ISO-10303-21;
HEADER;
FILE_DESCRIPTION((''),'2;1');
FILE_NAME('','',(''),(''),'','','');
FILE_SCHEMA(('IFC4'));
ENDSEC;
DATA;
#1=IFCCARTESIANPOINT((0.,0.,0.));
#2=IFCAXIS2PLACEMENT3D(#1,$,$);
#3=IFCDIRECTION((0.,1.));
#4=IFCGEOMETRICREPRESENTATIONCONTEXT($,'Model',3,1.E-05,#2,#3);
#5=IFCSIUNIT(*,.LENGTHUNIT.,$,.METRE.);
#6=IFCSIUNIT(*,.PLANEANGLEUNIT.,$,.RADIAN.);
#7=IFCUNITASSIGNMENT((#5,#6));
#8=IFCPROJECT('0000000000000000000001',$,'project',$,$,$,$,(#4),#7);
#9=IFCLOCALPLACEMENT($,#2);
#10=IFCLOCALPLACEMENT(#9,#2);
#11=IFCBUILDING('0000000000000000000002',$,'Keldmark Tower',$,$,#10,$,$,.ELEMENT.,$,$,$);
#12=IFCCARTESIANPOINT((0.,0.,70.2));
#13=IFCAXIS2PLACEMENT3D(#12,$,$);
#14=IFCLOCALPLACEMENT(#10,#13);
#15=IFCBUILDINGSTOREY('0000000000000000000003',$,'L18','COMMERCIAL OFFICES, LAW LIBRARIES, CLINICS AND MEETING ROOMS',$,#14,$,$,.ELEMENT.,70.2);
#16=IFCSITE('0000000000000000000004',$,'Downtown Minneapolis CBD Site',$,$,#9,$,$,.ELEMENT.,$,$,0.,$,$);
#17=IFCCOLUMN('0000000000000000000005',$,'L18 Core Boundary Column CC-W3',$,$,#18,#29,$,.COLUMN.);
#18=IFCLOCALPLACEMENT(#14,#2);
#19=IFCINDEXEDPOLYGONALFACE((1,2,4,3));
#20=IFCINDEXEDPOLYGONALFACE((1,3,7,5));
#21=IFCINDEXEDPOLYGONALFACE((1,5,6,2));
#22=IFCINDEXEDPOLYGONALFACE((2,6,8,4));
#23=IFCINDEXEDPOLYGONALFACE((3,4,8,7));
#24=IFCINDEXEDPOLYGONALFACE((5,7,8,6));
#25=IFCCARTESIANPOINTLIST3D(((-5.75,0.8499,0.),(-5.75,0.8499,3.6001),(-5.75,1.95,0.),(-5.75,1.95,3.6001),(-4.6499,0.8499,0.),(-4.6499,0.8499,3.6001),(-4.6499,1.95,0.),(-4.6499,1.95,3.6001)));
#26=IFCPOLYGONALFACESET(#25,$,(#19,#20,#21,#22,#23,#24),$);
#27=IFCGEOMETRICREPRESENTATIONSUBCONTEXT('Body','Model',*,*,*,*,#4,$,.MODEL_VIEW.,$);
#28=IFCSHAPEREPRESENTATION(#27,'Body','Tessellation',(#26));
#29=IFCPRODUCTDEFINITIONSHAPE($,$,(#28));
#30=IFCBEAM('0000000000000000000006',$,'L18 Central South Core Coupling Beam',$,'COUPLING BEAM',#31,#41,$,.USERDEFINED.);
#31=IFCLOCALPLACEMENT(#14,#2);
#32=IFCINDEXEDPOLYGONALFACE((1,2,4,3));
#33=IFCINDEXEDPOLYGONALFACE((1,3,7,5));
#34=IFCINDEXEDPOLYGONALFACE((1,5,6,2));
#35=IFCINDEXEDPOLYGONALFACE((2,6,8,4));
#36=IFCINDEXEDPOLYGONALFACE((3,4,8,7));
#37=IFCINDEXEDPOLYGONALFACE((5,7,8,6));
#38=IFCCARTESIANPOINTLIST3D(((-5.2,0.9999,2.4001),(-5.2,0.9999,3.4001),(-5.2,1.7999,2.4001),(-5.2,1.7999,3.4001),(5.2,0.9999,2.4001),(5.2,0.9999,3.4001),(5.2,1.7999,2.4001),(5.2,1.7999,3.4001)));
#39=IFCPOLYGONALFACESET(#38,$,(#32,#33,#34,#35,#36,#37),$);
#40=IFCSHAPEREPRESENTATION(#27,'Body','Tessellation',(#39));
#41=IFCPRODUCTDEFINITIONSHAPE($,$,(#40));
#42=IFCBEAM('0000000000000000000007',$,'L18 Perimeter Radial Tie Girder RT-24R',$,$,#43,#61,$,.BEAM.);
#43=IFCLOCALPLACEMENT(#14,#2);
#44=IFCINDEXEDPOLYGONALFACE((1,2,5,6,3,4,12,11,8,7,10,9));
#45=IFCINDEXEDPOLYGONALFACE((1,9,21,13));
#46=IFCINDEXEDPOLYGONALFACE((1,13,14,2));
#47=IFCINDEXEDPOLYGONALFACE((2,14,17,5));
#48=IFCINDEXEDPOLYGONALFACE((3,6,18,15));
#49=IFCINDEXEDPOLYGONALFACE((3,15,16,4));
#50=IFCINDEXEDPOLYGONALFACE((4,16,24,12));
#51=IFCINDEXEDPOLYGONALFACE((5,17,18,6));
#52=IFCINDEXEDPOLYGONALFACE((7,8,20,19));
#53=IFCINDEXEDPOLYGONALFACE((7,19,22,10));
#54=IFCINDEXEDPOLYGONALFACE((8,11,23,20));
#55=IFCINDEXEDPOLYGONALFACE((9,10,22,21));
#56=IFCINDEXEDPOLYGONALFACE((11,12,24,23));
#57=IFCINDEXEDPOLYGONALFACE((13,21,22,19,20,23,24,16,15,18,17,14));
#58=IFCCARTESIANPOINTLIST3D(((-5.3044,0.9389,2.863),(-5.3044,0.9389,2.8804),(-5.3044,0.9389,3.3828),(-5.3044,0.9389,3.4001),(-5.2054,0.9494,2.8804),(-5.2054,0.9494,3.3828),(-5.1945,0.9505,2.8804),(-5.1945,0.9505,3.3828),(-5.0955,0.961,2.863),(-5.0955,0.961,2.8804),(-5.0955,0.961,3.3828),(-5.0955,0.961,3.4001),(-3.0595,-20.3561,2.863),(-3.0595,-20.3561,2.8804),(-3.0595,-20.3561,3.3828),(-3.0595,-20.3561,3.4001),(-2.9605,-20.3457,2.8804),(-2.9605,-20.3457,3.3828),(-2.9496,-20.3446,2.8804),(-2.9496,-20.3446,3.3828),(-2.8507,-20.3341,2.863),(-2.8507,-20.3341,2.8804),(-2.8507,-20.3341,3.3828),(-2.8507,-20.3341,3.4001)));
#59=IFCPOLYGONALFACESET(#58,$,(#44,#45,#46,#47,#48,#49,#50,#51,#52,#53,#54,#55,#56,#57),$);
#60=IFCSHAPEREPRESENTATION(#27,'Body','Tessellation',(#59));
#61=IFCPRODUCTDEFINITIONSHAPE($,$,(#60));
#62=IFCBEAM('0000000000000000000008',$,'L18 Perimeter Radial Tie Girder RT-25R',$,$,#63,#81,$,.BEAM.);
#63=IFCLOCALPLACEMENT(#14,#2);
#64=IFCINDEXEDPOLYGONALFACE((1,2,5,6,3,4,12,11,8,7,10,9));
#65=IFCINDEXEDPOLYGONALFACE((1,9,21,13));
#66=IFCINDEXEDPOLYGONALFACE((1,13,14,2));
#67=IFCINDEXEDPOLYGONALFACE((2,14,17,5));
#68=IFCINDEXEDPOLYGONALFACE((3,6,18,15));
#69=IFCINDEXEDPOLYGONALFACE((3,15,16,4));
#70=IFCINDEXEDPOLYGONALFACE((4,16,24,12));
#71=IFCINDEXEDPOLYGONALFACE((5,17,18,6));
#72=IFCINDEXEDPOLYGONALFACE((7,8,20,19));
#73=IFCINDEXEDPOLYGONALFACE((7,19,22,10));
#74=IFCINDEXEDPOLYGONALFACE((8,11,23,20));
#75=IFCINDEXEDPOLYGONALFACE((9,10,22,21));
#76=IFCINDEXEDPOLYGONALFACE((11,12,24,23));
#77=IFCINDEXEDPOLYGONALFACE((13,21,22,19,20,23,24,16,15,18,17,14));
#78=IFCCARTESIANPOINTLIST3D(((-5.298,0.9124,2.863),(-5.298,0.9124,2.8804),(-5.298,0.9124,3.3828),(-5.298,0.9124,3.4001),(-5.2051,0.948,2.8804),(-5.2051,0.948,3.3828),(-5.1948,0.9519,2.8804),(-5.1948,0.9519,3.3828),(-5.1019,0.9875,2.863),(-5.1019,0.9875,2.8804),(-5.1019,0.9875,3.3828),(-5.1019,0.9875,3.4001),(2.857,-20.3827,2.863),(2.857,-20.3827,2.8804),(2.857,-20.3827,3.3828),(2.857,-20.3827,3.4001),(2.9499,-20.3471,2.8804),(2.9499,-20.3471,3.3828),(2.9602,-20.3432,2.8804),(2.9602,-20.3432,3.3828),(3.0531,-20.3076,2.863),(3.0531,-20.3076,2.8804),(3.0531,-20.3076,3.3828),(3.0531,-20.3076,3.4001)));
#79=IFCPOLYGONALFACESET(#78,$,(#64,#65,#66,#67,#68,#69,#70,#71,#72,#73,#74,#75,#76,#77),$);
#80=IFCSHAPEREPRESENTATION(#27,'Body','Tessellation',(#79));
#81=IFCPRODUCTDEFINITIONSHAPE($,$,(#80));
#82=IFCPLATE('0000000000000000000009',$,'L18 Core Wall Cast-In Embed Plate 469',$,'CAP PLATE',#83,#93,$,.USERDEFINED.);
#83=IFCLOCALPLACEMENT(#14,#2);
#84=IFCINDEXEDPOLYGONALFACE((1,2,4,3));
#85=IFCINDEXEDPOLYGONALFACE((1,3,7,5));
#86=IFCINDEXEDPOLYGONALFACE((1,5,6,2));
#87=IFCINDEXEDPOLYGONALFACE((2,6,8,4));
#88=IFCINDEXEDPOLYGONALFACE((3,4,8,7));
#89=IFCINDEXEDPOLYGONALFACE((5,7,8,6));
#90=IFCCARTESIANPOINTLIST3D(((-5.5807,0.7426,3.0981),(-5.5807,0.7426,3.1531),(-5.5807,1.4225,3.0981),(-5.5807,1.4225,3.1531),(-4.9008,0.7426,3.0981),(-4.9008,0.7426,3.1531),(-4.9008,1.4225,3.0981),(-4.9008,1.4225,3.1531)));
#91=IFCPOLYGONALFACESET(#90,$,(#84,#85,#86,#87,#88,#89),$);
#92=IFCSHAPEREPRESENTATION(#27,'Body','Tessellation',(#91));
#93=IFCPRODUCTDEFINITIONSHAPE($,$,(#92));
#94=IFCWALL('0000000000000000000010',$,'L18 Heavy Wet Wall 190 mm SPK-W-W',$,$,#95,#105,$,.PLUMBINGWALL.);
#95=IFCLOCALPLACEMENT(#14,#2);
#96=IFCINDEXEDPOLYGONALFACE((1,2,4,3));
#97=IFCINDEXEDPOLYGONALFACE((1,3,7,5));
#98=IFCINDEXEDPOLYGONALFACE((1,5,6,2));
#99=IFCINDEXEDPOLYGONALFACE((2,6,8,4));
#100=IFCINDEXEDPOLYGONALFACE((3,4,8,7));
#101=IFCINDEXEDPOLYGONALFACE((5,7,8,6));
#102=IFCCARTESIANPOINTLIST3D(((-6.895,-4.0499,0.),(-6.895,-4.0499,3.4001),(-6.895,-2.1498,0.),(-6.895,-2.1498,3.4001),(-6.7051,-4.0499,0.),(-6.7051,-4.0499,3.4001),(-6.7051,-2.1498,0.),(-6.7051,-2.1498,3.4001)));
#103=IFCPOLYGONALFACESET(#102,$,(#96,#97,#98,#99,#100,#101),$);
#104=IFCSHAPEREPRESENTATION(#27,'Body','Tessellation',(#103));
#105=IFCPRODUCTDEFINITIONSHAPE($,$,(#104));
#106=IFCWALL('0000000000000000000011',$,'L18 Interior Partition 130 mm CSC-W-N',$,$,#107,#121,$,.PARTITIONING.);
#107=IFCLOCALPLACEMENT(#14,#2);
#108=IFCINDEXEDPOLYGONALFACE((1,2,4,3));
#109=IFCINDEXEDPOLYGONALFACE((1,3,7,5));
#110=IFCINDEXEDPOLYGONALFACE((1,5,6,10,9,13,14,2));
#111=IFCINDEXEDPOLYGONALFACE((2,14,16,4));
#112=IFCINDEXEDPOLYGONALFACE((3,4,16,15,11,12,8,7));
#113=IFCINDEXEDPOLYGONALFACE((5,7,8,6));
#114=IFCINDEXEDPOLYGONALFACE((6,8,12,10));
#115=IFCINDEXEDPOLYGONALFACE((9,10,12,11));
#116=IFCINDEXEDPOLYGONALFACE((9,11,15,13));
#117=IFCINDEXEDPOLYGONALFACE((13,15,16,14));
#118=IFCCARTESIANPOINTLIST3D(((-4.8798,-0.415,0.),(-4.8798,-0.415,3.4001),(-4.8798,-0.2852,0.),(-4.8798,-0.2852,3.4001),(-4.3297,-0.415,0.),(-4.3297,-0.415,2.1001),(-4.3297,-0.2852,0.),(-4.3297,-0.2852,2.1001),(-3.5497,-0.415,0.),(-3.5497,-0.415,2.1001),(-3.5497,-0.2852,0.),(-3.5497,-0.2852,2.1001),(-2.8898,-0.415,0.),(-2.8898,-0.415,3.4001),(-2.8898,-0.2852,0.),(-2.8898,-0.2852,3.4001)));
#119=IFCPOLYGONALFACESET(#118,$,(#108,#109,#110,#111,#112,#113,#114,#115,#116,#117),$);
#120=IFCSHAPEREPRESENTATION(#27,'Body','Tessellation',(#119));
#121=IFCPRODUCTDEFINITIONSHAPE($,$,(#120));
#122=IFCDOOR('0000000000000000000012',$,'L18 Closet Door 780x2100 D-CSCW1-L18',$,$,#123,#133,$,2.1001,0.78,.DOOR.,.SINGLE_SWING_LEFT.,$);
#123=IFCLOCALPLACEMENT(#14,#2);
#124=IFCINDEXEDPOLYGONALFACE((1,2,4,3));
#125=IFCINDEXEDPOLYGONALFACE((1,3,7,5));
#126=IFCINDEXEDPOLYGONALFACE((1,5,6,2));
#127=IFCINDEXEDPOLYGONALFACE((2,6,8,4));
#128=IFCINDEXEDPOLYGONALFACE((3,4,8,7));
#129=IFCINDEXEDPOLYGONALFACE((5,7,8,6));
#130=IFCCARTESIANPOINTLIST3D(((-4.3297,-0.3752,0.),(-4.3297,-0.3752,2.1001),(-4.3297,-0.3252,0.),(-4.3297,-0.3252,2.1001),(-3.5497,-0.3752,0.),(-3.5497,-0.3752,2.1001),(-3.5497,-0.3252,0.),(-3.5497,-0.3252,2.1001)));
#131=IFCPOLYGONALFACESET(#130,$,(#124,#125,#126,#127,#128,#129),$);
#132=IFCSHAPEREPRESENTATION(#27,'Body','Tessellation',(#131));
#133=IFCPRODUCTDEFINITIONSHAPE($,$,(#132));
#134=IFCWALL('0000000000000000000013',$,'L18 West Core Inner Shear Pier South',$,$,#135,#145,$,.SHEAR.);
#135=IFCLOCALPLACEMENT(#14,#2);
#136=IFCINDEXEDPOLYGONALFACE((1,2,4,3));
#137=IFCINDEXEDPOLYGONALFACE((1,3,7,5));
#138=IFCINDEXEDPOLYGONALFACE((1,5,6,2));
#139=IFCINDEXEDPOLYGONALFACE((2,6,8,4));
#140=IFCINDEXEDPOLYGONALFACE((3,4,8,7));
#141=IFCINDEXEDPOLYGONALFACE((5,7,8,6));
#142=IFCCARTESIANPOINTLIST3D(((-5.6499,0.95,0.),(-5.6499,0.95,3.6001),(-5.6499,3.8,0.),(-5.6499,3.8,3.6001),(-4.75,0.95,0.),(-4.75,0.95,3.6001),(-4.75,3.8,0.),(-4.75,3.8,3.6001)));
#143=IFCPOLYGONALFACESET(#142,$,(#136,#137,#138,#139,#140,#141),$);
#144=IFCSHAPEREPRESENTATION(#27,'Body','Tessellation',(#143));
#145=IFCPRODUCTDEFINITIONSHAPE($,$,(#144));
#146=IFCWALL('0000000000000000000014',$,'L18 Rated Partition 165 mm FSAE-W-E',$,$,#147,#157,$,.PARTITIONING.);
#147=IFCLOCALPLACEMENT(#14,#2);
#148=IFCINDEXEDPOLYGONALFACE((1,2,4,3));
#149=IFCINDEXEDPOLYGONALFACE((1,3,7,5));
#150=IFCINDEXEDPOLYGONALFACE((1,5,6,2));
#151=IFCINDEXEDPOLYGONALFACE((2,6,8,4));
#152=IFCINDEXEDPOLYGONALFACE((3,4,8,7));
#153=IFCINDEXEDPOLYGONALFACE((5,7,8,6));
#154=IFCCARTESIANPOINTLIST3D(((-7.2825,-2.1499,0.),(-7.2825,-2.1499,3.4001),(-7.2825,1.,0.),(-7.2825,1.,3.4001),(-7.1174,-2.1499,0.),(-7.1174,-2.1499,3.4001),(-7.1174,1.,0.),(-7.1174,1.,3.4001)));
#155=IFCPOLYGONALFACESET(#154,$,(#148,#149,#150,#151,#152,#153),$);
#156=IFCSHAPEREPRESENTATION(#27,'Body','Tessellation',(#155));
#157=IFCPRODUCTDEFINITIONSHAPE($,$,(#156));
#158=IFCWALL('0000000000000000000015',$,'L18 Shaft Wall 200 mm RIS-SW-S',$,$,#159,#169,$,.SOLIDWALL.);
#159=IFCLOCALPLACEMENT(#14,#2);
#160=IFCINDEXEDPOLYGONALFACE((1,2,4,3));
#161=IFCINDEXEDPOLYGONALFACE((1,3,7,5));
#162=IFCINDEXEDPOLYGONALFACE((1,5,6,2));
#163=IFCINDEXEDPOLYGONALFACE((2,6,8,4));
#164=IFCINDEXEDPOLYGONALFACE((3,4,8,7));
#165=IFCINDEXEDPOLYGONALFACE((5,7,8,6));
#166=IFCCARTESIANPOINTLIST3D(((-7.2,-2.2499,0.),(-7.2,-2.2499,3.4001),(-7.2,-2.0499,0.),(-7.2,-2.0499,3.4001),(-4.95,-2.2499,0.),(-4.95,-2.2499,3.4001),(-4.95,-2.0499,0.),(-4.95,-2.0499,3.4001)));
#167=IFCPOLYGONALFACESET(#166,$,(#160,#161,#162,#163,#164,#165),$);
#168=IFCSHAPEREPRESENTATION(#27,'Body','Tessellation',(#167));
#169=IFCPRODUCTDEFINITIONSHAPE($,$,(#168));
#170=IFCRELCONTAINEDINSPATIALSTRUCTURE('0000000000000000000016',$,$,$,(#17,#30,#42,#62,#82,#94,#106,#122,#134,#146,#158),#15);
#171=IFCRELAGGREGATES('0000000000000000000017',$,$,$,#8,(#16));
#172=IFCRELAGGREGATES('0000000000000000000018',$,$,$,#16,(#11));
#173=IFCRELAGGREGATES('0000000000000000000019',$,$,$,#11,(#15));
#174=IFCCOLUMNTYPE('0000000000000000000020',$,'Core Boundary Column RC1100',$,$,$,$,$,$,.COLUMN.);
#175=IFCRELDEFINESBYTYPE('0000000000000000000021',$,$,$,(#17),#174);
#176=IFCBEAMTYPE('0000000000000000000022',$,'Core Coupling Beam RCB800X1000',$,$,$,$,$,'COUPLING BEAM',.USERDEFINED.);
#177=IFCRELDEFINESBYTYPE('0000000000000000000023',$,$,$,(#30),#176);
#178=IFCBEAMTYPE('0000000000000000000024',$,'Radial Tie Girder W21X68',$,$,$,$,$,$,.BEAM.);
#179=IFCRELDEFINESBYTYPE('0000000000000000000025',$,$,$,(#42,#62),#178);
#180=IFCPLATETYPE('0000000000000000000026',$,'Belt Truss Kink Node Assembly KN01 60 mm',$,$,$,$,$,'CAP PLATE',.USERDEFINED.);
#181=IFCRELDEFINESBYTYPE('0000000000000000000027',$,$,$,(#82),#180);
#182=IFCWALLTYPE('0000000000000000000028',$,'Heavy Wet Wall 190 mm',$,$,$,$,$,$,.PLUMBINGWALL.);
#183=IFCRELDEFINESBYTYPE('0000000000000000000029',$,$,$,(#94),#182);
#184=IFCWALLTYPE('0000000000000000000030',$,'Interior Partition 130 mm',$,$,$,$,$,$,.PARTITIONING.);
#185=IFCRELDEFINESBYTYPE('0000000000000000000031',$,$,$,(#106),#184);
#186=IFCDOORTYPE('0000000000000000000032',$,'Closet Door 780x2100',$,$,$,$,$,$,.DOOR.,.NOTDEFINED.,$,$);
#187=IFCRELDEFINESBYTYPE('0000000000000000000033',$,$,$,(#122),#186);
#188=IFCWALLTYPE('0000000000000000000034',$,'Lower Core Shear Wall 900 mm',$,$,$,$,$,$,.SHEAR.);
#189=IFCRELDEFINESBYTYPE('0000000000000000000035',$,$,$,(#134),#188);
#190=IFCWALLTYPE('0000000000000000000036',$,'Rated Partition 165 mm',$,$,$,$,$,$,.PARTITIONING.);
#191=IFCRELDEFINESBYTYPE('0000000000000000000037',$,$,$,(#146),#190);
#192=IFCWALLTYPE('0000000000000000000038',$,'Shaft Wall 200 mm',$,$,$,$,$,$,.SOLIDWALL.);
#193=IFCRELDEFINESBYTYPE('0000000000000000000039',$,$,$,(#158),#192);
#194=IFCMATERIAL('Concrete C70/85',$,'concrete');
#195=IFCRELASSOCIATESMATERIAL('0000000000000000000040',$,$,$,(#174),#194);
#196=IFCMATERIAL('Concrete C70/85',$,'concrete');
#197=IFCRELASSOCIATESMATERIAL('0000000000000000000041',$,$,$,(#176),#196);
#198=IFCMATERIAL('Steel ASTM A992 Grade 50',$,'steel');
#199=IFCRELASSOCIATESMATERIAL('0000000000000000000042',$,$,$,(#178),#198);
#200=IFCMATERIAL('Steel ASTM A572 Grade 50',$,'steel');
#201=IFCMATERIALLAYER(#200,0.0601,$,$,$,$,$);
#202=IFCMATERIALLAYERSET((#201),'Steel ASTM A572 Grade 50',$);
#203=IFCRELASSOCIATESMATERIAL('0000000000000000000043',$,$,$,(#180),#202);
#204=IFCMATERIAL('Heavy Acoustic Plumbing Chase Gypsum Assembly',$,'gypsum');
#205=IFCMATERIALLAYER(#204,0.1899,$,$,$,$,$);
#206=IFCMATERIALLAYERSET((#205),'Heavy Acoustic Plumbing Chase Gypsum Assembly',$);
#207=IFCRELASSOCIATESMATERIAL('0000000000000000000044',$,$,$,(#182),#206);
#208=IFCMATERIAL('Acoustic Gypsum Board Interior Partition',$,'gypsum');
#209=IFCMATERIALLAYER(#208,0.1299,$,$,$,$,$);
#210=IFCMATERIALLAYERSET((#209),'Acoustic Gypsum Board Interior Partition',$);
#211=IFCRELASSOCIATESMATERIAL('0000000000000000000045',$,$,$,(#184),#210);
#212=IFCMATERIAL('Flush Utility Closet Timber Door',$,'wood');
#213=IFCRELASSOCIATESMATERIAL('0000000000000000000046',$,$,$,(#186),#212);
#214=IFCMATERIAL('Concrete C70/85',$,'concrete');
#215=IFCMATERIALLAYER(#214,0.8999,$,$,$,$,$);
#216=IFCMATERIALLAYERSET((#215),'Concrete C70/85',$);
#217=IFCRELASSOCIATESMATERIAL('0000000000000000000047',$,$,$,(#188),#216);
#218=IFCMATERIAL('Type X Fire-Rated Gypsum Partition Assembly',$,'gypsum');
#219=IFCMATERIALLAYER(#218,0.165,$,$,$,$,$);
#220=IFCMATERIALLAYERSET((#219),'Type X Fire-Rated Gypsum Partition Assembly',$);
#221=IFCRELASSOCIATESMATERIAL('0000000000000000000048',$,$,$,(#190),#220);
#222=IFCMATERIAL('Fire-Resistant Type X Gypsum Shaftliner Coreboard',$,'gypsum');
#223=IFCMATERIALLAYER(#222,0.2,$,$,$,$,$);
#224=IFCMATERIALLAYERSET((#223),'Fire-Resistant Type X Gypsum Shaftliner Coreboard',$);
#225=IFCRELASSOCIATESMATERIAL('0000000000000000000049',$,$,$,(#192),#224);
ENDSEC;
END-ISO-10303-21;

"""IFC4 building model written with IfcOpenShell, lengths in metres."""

from ifc_helpers import new_model, si_unit, direction, frame, frame_2d, origin, origin_2d, place, context, subcontext, project, spatial, rectangle, i_section, extrude, material, layer, layer_set, material_profile, profile_set, type_object, element, fill, save


model = new_model("IFC4")

# Units and contexts
model_context = context("Model", 3, precision=1e-05, world=origin(), true_north=direction((0.0, 1.0)))
body_context = subcontext(model_context, "Body", "Model", "MODEL_VIEW")
ifc_project = project(units=[si_unit("LENGTHUNIT", "METRE"), si_unit("PLANEANGLEUNIT", "RADIAN")], contexts=[model_context])

# Site, building, storey
site_placement = place(None, origin())
site = spatial("IfcSite", under=ifc_project, at=site_placement, Name="Downtown Minneapolis CBD Site", CompositionType="ELEMENT", RefElevation=0.0)
building_placement = place(site_placement, origin())
building = spatial("IfcBuilding", under=site, at=building_placement, Name="Keldmark Tower", CompositionType="ELEMENT")
storey_placement = place(building_placement, frame((0.0, 0.0, 70.2)))
storey = spatial("IfcBuildingStorey", under=building, at=storey_placement, Name="L18", Description="COMMERCIAL OFFICES, LAW LIBRARIES, CLINICS AND MEETING ROOMS", CompositionType="ELEMENT", Elevation=70.2)

# Column
ifc_material_1 = material(Name="Concrete C70/85", Category="concrete")
ifc_material_profile_1 = material_profile(ifc_material_1, rectangle(XDim=1.1001, YDim=1.1001, at=origin_2d()), Name="RC1100X1100")
ifc_profile_set_1 = profile_set([ifc_material_profile_1], Name="Concrete C70/85")
column_type = type_object("IfcColumnType", Name="Core Boundary Column RC1100", PredefinedType="COLUMN", material=ifc_profile_set_1)
column_placement = place(storey_placement, frame((-5.2, 1.3999, 0.0), z_axis=(0.0, 0.0, 1.0), x_axis=(1.0, 0.0, 0.0)))
element("IfcColumn", 1, at=column_placement, inside=storey, type_object=column_type, Name="L18 Core Boundary Column CC-W3", PredefinedType="COLUMN", context=body_context, shape_type="SweptSolid", body=[
    extrude(rectangle(XDim=1.1001, YDim=1.1001, at=origin_2d()), origin(), (0.0, 0.0, 1.0), 3.6001),
])

# Beams
ifc_material_2 = material(Name="Concrete C70/85", Category="concrete")
ifc_material_profile_2 = material_profile(ifc_material_2, rectangle(XDim=0.8, YDim=1.0, at=origin_2d()), Name="RCB800X1000")
ifc_profile_set_2 = profile_set([ifc_material_profile_2], Name="Concrete C70/85")
beam_type_1 = type_object("IfcBeamType", Name="Core Coupling Beam RCB800X1000", ElementType="COUPLING BEAM", PredefinedType="USERDEFINED", material=ifc_profile_set_2)
beam_1_placement = place(storey_placement, frame((-5.2, 1.3999, 2.9001), z_axis=(1.0, 0.0, 0.0), x_axis=(0.0, 1.0, 0.0)))
element("IfcBeam", 2, at=beam_1_placement, inside=storey, type_object=beam_type_1, Name="L18 Central South Core Coupling Beam", ObjectType="COUPLING BEAM", PredefinedType="USERDEFINED", context=body_context, shape_type="SweptSolid", body=[
    extrude(rectangle(XDim=0.8, YDim=1.0, at=origin_2d()), origin(), (0.0, 0.0, 1.0), 10.3999),
])
ifc_material_3 = material(Name="Steel ASTM A992 Grade 50", Category="steel")
ifc_material_profile_3 = material_profile(ifc_material_3, i_section(OverallWidth=0.21, OverallDepth=0.5371, WebThickness=0.011, FlangeThickness=0.0173, at=origin_2d()), Name="W21X68")
ifc_profile_set_3 = profile_set([ifc_material_profile_3], Name="Steel ASTM A992 Grade 50")
beam_type_2 = type_object("IfcBeamType", Name="Radial Tie Girder W21X68", PredefinedType="BEAM", material=ifc_profile_set_3)
beam_2_placement = place(storey_placement, frame((-5.2, 0.95, 3.1316), z_axis=(0.104836, -0.99449, 0.0), x_axis=(0.99449, 0.104836, 0.0)))
element("IfcBeam", 3, at=beam_2_placement, inside=storey, type_object=beam_type_2, Name="L18 Perimeter Radial Tie Girder RT-24R", PredefinedType="BEAM", context=body_context, shape_type="SweptSolid", body=[
    extrude(i_section(OverallWidth=0.21, OverallDepth=0.5371, WebThickness=0.011, FlangeThickness=0.0173, at=origin_2d()), origin(), (0.0, 0.0, 1.0), 21.4131),
])
beam_3_placement = place(storey_placement, frame((-5.2, 0.95, 3.1316), z_axis=(0.357626, -0.933865, 0.0), x_axis=(0.933865, 0.357626, 0.0)))
element("IfcBeam", 4, at=beam_3_placement, inside=storey, type_object=beam_type_2, Name="L18 Perimeter Radial Tie Girder RT-25R", PredefinedType="BEAM", context=body_context, shape_type="SweptSolid", body=[
    extrude(i_section(OverallWidth=0.21, OverallDepth=0.5371, WebThickness=0.011, FlangeThickness=0.0173, at=origin_2d()), origin(), (0.0, 0.0, 1.0), 22.8032),
])

# Plate
ifc_material_4 = material(Name="Steel ASTM A572 Grade 50", Category="steel")
ifc_layer_1 = layer(ifc_material_4, 0.0601)
ifc_layer_set_1 = layer_set([ifc_layer_1], Name="Steel ASTM A572 Grade 50")
plate_type = type_object("IfcPlateType", Name="Belt Truss Kink Node Assembly KN01 60 mm", ElementType="CAP PLATE", PredefinedType="USERDEFINED", material=ifc_layer_set_1)
plate_placement = place(storey_placement, frame((-5.2407, 1.0825, 3.0981), z_axis=(0.0, 0.0, 1.0), x_axis=(1.0, 0.0, 0.0)))
element("IfcPlate", 5, at=plate_placement, inside=storey, type_object=plate_type, Name="L18 Core Wall Cast-In Embed Plate 469", ObjectType="CAP PLATE", PredefinedType="USERDEFINED", context=body_context, shape_type="SweptSolid", body=[
    extrude(rectangle(XDim=0.6799, YDim=0.6799, at=origin_2d()), origin(), (0.0, 0.0, 1.0), 0.0549),
])

# Shared definitions
ifc_material_5 = material(Name="Heavy Acoustic Plumbing Chase Gypsum Assembly", Category="gypsum")
ifc_layer_2 = layer(ifc_material_5, 0.1899)
ifc_layer_set_2 = layer_set([ifc_layer_2], Name="Heavy Acoustic Plumbing Chase Gypsum Assembly")
wall_type_1 = type_object("IfcWallType", Name="Heavy Wet Wall 190 mm", PredefinedType="PLUMBINGWALL", material=ifc_layer_set_2)

# Wall
wall_1_placement = place(storey_placement, frame((-6.8, -4.05, 0.0), z_axis=(0.0, 0.0, 1.0), x_axis=(0.0, 1.0, 0.0)))
element("IfcWall", 6, at=wall_1_placement, inside=storey, type_object=wall_type_1, Name="L18 Heavy Wet Wall 190 mm SPK-W-W", PredefinedType="PLUMBINGWALL", context=body_context, shape_type="SweptSolid", body=[
    extrude(rectangle(XDim=1.9001, YDim=0.1899, at=frame_2d((0.9502, 0.0))), origin(), (0.0, 0.0, 1.0), 3.4001),
])

# Wall, opening, door
ifc_material_6 = material(Name="Acoustic Gypsum Board Interior Partition", Category="gypsum")
ifc_layer_3 = layer(ifc_material_6, 0.1299)
ifc_layer_set_3 = layer_set([ifc_layer_3], Name="Acoustic Gypsum Board Interior Partition")
wall_type_2 = type_object("IfcWallType", Name="Interior Partition 130 mm", PredefinedType="PARTITIONING", material=ifc_layer_set_3)
wall_2_placement = place(storey_placement, frame((-4.8799, -0.3501, 0.0), z_axis=(0.0, 0.0, 1.0), x_axis=(1.0, 0.0, 0.0)))
wall_2 = element("IfcWall", 7, at=wall_2_placement, inside=storey, type_object=wall_type_2, Name="L18 Interior Partition 130 mm CSC-W-N", PredefinedType="PARTITIONING", context=body_context, shape_type="SweptSolid", body=[
    extrude(rectangle(XDim=1.99, YDim=0.1299, at=frame_2d((0.9951, 0.0))), origin(), (0.0, 0.0, 1.0), 3.4001),
])
opening_1_placement = place(wall_2_placement, frame((0.55, 0.0, 0.0)))
opening_1 = element("IfcOpeningElement", 8, at=opening_1_placement, cuts=wall_2, PredefinedType="OPENING", context=body_context, shape_type="SweptSolid", body=[
    extrude(rectangle(XDim=0.78, YDim=2.1001, at=frame_2d((0.3901, 1.05))), frame((0.0, 0.075, 0.0), z_axis=(0.0, -1.0, 0.0), x_axis=(1.0, 0.0, 0.0)), (0.0, 0.0, 1.0), 0.1499),
])
ifc_material_7 = material(Name="Flush Utility Closet Timber Door", Category="wood")
door_type_1 = type_object("IfcDoorType", Name="Closet Door 780x2100", OperationType="NOTDEFINED", PredefinedType="DOOR", material=ifc_material_7)
door_1_placement = place(opening_1_placement, origin())
door_1 = element("IfcDoor", 9, at=door_1_placement, inside=storey, type_object=door_type_1, Name="L18 Closet Door 780x2100 D-CSCW1-L18", OperationType="SINGLE_SWING_LEFT", OverallHeight=2.1001, OverallWidth=0.78, PredefinedType="DOOR", context=body_context, shape_type="SweptSolid", body=[
    extrude(rectangle(XDim=0.78, YDim=2.1001, at=frame_2d((0.3901, 1.05))), frame((0.0, 0.0249, 0.0), z_axis=(0.0, -1.0, 0.0), x_axis=(1.0, 0.0, 0.0)), (0.0, 0.0, 1.0), 0.05),
])
fill(opening_1, door_1)

# Shared definitions
ifc_material_8 = material(Name="Concrete C70/85", Category="concrete")
ifc_layer_4 = layer(ifc_material_8, 0.8999)
ifc_layer_set_4 = layer_set([ifc_layer_4], Name="Concrete C70/85")
wall_type_3 = type_object("IfcWallType", Name="Lower Core Shear Wall 900 mm", PredefinedType="SHEAR", material=ifc_layer_set_4)

# Walls
wall_3_placement = place(storey_placement, frame((-5.2, 0.95, 0.0), z_axis=(0.0, 0.0, 1.0), x_axis=(0.0, 1.0, 0.0)))
element("IfcWall", 10, at=wall_3_placement, inside=storey, type_object=wall_type_3, Name="L18 West Core Inner Shear Pier South", PredefinedType="SHEAR", context=body_context, shape_type="SweptSolid", body=[
    extrude(rectangle(XDim=2.8501, YDim=0.8999, at=frame_2d((1.425, 0.0))), origin(), (0.0, 0.0, 1.0), 3.6001),
])
ifc_material_9 = material(Name="Type X Fire-Rated Gypsum Partition Assembly", Category="gypsum")
ifc_layer_5 = layer(ifc_material_9, 0.165)
ifc_layer_set_5 = layer_set([ifc_layer_5], Name="Type X Fire-Rated Gypsum Partition Assembly")
wall_type_4 = type_object("IfcWallType", Name="Rated Partition 165 mm", PredefinedType="PARTITIONING", material=ifc_layer_set_5)
wall_4_placement = place(storey_placement, frame((-7.2, -2.1499, 0.0), z_axis=(0.0, 0.0, 1.0), x_axis=(0.0, 1.0, 0.0)))
element("IfcWall", 11, at=wall_4_placement, inside=storey, type_object=wall_type_4, Name="L18 Rated Partition 165 mm FSAE-W-E", PredefinedType="PARTITIONING", context=body_context, shape_type="SweptSolid", body=[
    extrude(rectangle(XDim=3.1499, YDim=0.165, at=frame_2d((1.575, 0.0))), origin(), (0.0, 0.0, 1.0), 3.4001),
])
ifc_material_10 = material(Name="Fire-Resistant Type X Gypsum Shaftliner Coreboard", Category="gypsum")
ifc_layer_6 = layer(ifc_material_10, 0.2)
ifc_layer_set_6 = layer_set([ifc_layer_6], Name="Fire-Resistant Type X Gypsum Shaftliner Coreboard")
wall_type_5 = type_object("IfcWallType", Name="Shaft Wall 200 mm", PredefinedType="SOLIDWALL", material=ifc_layer_set_6)
wall_5_placement = place(storey_placement, frame((-7.2, -2.1499, 0.0), z_axis=(0.0, 0.0, 1.0), x_axis=(1.0, 0.0, 0.0)))
element("IfcWall", 12, at=wall_5_placement, inside=storey, type_object=wall_type_5, Name="L18 Shaft Wall 200 mm RIS-SW-S", PredefinedType="SOLIDWALL", context=body_context, shape_type="SweptSolid", body=[
    extrude(rectangle(XDim=2.25, YDim=0.2, at=frame_2d((1.125, 0.0))), origin(), (0.0, 0.0, 1.0), 3.4001),
])

save(model, "model.ifc")
